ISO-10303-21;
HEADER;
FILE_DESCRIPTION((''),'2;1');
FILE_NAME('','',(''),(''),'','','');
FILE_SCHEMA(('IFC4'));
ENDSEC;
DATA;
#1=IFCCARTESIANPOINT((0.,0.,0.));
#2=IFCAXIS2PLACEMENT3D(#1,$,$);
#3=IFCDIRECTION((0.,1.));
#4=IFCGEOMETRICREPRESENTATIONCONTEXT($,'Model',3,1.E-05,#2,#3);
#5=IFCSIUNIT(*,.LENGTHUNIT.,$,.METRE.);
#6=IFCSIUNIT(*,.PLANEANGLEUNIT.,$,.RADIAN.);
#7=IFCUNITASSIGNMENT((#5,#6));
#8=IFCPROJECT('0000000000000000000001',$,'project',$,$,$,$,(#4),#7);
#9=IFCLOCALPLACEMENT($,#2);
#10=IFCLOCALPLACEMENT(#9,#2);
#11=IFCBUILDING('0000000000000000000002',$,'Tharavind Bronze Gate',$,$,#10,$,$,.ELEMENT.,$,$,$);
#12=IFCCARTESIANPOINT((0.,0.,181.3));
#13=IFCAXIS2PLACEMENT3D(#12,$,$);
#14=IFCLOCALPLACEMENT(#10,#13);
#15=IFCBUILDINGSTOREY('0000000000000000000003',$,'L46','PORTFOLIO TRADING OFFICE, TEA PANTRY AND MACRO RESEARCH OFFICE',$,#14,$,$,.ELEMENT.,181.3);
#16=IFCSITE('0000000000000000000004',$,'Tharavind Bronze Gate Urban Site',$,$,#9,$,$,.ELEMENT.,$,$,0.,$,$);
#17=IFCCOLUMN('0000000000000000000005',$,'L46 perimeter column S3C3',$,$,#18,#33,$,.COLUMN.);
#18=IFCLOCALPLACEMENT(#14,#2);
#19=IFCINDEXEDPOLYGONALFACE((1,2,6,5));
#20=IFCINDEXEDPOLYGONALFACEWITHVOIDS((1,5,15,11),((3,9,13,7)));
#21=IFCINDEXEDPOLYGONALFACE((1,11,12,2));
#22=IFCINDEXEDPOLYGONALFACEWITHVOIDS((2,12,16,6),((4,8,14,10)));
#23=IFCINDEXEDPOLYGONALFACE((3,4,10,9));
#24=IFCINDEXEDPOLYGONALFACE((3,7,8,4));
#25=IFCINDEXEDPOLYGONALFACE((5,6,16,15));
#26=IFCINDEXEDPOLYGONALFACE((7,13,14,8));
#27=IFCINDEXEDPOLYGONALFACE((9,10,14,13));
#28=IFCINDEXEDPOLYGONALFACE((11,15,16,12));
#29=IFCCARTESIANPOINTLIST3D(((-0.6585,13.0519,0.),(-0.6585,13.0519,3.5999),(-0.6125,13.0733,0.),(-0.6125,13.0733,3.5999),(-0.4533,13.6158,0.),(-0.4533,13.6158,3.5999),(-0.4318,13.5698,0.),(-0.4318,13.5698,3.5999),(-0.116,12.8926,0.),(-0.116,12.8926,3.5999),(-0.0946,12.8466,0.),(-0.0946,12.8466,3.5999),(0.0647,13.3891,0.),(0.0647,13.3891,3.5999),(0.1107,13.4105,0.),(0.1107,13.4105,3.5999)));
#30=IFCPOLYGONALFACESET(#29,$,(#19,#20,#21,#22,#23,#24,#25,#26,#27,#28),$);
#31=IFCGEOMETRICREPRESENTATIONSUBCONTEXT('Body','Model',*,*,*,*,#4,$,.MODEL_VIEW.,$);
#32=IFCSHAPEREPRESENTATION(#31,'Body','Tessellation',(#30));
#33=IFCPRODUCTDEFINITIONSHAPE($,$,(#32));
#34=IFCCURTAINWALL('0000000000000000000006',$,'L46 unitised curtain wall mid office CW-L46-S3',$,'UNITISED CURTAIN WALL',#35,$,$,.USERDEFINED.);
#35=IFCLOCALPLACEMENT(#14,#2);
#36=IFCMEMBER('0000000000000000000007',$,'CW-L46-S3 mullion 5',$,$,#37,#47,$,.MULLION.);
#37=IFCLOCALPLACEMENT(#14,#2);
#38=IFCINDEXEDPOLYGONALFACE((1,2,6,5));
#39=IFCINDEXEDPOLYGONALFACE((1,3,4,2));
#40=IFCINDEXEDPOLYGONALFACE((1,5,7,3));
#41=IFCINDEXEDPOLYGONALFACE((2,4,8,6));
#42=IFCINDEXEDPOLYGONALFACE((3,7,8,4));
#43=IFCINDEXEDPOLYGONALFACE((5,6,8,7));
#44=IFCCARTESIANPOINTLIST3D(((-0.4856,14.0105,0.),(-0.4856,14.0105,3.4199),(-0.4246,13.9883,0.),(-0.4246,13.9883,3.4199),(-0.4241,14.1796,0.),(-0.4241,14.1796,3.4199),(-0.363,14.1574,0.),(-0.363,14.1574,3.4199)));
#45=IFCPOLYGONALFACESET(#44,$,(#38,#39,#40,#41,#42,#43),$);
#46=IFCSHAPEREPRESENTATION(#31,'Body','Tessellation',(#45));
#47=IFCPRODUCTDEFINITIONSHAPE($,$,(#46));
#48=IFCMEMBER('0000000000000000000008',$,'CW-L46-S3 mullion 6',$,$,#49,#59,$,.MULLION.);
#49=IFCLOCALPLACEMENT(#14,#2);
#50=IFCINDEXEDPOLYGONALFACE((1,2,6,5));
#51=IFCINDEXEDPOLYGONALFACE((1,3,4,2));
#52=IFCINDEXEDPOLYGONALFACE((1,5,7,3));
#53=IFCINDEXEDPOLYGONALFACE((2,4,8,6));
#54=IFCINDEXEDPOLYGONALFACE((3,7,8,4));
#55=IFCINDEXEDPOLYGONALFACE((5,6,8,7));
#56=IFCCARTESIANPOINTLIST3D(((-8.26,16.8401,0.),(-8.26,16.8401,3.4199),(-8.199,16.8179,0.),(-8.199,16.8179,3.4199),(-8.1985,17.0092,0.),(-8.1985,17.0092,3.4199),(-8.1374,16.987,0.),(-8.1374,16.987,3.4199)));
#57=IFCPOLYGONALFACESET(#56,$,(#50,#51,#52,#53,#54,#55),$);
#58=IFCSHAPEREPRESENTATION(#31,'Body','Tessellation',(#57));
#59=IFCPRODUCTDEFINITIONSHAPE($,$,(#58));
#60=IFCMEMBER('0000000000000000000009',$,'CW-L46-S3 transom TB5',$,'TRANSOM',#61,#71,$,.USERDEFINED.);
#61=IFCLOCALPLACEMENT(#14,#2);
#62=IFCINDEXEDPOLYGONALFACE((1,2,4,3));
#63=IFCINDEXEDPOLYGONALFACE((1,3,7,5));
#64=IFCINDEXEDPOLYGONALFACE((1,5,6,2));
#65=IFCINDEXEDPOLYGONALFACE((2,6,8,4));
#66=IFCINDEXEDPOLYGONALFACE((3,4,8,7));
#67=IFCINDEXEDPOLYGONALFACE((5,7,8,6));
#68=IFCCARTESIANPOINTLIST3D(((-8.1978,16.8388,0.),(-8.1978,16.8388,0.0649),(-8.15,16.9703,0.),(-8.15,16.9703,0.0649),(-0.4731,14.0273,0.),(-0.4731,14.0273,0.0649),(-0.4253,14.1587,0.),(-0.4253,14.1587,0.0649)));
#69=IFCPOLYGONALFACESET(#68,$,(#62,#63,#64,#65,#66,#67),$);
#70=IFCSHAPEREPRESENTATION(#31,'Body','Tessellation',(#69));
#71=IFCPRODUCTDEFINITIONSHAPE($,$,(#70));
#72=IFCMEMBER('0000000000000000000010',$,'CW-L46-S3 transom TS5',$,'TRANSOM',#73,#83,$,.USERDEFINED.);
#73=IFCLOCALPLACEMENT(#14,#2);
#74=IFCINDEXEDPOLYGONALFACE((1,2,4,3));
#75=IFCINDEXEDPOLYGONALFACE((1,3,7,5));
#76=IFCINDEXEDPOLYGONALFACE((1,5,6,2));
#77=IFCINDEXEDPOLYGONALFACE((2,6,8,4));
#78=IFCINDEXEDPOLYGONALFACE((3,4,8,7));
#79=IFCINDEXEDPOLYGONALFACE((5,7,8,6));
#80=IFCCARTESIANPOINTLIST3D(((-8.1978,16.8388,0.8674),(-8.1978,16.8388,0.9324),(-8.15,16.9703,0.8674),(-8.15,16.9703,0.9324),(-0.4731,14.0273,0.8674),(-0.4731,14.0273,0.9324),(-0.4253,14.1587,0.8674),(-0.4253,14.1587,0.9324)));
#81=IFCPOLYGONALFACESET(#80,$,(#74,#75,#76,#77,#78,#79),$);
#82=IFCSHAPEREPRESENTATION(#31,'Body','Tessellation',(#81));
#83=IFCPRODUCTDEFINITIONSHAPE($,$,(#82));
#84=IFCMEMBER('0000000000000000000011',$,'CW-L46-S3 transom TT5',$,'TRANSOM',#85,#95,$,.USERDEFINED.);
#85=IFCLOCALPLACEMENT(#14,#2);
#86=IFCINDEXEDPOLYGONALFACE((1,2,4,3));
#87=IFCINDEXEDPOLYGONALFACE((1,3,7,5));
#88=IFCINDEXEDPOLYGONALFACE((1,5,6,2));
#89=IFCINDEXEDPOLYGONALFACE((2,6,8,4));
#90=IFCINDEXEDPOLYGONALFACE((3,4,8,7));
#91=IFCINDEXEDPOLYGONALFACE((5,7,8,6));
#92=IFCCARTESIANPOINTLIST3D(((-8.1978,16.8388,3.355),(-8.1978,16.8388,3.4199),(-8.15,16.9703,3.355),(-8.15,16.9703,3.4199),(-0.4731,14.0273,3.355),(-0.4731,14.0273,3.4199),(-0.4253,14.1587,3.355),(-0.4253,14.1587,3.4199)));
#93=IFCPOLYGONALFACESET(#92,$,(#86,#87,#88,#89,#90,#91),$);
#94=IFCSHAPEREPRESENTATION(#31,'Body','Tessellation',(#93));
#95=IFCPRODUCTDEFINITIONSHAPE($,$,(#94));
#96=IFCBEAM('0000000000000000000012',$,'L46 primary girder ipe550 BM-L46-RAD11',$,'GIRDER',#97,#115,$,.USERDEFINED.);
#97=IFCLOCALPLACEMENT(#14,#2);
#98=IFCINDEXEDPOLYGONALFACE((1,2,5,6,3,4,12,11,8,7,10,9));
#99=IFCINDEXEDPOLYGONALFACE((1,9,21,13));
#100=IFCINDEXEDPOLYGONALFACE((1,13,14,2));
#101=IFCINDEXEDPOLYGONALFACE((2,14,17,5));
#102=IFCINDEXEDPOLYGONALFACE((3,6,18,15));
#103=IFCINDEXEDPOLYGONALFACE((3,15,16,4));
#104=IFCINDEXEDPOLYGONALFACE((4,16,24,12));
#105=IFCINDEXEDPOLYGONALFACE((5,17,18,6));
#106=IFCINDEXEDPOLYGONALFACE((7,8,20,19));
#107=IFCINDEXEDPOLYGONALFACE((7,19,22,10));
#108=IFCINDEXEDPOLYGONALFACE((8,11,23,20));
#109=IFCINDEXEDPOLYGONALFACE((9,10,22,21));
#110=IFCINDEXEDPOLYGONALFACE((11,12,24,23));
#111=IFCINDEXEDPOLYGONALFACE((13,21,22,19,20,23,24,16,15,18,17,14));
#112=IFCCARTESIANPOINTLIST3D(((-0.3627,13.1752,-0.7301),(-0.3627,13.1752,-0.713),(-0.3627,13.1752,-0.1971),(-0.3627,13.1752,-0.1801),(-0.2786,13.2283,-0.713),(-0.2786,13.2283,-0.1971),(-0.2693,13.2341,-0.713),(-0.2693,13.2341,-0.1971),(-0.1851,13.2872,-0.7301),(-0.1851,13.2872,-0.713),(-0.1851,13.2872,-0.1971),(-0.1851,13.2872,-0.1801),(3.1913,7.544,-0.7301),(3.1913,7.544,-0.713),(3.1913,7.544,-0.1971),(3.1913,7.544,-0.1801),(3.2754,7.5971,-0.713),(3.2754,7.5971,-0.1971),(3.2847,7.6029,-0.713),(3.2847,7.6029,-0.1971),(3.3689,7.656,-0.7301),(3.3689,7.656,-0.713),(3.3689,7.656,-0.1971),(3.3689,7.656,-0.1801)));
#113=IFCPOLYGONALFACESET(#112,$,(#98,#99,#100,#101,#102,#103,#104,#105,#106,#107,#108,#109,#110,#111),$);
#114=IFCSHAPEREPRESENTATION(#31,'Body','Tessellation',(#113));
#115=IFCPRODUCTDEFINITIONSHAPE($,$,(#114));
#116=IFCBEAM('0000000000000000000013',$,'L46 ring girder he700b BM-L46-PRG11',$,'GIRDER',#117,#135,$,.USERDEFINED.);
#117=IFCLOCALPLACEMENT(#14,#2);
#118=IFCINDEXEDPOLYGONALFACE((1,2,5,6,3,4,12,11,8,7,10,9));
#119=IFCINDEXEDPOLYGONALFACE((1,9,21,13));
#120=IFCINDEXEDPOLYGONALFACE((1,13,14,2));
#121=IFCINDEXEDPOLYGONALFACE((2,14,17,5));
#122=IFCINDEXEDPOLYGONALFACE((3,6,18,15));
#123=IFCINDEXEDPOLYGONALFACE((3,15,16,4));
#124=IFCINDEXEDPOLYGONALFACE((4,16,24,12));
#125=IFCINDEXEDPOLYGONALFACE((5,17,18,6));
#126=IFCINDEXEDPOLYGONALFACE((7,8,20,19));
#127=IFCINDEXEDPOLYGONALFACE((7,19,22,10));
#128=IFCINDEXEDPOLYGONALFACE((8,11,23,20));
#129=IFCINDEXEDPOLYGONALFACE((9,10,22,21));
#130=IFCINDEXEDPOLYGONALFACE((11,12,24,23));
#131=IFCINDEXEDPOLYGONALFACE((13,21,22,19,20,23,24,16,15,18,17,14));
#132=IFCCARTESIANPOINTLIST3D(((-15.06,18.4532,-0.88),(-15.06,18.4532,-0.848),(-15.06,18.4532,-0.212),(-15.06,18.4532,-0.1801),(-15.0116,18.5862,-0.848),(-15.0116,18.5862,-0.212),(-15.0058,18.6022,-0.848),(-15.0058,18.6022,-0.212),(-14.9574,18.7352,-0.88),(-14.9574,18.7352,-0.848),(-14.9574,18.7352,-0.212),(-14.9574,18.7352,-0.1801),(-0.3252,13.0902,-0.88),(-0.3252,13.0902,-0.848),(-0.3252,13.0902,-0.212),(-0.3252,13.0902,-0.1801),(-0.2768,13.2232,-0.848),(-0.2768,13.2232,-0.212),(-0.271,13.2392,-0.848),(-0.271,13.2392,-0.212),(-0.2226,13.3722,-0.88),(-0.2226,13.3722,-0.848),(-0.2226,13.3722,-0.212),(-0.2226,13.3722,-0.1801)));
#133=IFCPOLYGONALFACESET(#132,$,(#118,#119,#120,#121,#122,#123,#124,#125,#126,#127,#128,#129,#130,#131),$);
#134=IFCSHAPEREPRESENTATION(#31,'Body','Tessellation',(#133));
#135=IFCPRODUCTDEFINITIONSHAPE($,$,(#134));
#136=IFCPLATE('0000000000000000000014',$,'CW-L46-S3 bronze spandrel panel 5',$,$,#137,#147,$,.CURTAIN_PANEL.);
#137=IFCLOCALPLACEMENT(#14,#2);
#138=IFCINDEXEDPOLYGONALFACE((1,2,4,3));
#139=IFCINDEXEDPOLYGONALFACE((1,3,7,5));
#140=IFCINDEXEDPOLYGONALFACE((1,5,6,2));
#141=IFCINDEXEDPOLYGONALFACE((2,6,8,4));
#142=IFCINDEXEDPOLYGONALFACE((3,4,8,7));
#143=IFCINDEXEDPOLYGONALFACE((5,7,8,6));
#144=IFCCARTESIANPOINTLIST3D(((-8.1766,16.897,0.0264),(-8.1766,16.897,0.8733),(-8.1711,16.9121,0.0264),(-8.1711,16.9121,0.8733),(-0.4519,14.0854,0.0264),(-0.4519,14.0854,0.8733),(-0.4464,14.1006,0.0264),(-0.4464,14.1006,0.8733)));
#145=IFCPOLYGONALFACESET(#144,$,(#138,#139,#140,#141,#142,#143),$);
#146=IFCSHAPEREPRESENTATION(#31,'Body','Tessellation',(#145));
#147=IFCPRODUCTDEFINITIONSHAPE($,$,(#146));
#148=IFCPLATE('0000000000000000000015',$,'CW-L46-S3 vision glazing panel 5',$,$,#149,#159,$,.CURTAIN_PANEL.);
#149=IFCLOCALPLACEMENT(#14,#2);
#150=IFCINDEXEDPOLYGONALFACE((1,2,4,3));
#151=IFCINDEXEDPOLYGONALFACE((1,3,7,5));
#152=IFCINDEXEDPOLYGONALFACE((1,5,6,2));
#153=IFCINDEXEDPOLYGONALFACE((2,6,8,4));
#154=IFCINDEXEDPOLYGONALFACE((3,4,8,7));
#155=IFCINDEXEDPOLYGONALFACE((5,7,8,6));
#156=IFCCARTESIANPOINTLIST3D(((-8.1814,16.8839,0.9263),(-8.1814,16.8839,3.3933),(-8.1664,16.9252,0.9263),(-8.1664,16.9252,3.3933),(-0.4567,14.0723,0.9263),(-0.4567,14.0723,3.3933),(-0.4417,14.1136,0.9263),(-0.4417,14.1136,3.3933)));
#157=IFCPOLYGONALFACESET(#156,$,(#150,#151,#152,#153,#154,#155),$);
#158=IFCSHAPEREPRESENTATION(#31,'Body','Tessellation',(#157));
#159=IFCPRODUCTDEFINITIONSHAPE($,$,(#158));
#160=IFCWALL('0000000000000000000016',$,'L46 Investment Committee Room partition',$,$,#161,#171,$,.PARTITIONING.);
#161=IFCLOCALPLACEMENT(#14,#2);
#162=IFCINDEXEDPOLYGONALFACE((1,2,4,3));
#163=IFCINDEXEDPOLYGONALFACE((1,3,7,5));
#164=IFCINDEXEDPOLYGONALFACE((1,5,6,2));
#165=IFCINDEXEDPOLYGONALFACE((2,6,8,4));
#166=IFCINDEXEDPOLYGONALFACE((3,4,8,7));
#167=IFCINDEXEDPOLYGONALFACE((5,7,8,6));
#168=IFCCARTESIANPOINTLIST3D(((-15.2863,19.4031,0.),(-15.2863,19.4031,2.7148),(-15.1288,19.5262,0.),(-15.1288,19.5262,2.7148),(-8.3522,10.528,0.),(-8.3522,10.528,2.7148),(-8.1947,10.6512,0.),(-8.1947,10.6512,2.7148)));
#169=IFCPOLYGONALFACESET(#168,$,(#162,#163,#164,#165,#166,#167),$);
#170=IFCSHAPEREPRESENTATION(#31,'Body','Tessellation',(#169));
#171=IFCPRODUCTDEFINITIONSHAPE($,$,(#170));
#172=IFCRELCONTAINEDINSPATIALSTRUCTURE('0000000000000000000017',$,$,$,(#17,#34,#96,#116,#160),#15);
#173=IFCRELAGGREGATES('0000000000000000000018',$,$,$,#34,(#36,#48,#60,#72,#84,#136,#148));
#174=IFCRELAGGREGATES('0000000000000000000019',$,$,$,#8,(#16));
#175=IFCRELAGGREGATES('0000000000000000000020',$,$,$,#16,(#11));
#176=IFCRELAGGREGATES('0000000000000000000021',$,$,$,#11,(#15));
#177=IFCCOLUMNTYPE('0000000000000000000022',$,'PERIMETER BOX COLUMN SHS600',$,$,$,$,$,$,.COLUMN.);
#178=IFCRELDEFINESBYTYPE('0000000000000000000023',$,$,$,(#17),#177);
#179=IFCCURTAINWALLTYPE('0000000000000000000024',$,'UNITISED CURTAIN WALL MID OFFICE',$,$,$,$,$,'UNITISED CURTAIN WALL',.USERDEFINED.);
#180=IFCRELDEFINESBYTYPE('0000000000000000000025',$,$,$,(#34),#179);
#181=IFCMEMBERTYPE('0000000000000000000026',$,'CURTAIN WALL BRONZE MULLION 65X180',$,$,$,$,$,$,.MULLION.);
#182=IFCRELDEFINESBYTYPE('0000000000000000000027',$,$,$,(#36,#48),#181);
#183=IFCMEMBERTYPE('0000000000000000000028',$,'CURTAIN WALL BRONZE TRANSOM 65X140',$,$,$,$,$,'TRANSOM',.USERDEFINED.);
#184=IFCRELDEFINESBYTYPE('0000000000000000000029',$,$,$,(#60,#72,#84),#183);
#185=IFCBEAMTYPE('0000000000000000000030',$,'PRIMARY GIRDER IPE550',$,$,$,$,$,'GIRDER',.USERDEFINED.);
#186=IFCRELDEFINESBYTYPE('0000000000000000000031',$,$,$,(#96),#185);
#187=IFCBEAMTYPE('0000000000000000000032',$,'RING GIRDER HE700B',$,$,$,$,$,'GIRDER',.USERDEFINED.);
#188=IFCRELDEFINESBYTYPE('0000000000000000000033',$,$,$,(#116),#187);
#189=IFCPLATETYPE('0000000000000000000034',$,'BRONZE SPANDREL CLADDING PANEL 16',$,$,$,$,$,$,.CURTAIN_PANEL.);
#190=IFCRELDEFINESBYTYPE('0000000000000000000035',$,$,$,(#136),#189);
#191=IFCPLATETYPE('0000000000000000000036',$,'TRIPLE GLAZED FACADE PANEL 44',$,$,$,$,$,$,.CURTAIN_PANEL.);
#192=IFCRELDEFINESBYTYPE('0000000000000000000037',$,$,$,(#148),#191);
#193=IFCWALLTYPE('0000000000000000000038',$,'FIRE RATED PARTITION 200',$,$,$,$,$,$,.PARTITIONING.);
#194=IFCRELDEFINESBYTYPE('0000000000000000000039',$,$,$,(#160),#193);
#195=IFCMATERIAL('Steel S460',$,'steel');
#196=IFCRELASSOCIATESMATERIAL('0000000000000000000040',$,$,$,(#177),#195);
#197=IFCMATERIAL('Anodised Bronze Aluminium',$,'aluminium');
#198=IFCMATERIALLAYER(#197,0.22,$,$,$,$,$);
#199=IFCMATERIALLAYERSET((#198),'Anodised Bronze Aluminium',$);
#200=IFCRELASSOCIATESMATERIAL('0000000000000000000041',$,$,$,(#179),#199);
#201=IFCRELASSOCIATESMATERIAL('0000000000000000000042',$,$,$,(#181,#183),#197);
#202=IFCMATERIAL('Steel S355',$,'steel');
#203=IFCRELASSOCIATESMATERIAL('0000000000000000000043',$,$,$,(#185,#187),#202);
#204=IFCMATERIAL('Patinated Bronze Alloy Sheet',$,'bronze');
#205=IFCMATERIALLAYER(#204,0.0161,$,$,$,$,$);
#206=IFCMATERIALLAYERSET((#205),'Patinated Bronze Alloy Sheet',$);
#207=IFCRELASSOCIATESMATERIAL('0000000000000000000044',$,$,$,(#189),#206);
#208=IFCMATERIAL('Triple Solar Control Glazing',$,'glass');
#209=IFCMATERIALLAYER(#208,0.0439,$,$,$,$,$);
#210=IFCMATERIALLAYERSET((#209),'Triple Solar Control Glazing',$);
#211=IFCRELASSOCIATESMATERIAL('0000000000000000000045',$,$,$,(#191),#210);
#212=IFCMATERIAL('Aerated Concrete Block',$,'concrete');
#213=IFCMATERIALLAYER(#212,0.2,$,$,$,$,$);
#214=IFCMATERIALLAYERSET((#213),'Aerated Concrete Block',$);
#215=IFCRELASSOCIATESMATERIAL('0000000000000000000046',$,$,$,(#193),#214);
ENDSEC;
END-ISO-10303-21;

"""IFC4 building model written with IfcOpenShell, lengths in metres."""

from ifc_helpers import new_model, si_unit, direction, frame, frame_2d, origin, origin_2d, place, context, subcontext, project, spatial, rectangle, hollow_rectangle, i_section, extrude, material, layer, layer_set, material_profile, profile_set, type_object, element, aggregate, save


model = new_model("IFC4")

# Units and contexts
model_context = context("Model", 3, precision=1e-05, world=origin(), true_north=direction((0.0, 1.0)))
body_context = subcontext(model_context, "Body", "Model", "MODEL_VIEW")
ifc_project = project(units=[si_unit("LENGTHUNIT", "METRE"), si_unit("PLANEANGLEUNIT", "RADIAN")], contexts=[model_context])

# Site, building, storey
site_placement = place(None, origin())
site = spatial("IfcSite", under=ifc_project, at=site_placement, Name="Tharavind Bronze Gate Urban Site", CompositionType="ELEMENT", RefElevation=0.0)
building_placement = place(site_placement, origin())
building = spatial("IfcBuilding", under=site, at=building_placement, Name="Tharavind Bronze Gate", CompositionType="ELEMENT")
storey_placement = place(building_placement, frame((0.0, 0.0, 181.3)))
storey = spatial("IfcBuildingStorey", under=building, at=storey_placement, Name="L46", Description="PORTFOLIO TRADING OFFICE, TEA PANTRY AND MACRO RESEARCH OFFICE", CompositionType="ELEMENT", Elevation=181.3)

# Column
ifc_material_1 = material(Name="Steel S460", Category="steel")
ifc_material_profile_1 = material_profile(ifc_material_1, hollow_rectangle(XDim=0.6001, YDim=0.6001, WallThickness=0.0359, at=origin_2d()), Name="SHS600X36")
ifc_profile_set_1 = profile_set([ifc_material_profile_1], Name="Steel S460")
column_type = type_object("IfcColumnType", Name="PERIMETER BOX COLUMN SHS600", PredefinedType="COLUMN", material=ifc_profile_set_1)
column_placement = place(storey_placement, frame((-0.2739, 13.2312, 0.0), z_axis=(0.0, 0.0, 1.0), x_axis=(-0.939692, 0.342022, 0.0)))
element("IfcColumn", 1, at=column_placement, inside=storey, type_object=column_type, Name="L46 perimeter column S3C3", PredefinedType="COLUMN", context=body_context, shape_type="SweptSolid", body=[
    extrude(hollow_rectangle(XDim=0.6001, YDim=0.6001, WallThickness=0.0359, at=origin_2d()), origin(), (0.0, 0.0, 1.0), 3.5999),
])

# Curtain wall, members
ifc_material_2 = material(Name="Anodised Bronze Aluminium", Category="aluminium")
ifc_layer_1 = layer(ifc_material_2, 0.22)
ifc_layer_set_1 = layer_set([ifc_layer_1], Name="Anodised Bronze Aluminium")
curtain_wall_type = type_object("IfcCurtainWallType", Name="UNITISED CURTAIN WALL MID OFFICE", ElementType="UNITISED CURTAIN WALL", PredefinedType="USERDEFINED", material=ifc_layer_set_1)
curtain_wall_placement = place(storey_placement, origin())
curtain_wall = element("IfcCurtainWall", 2, at=curtain_wall_placement, inside=storey, type_object=curtain_wall_type, Name="L46 unitised curtain wall mid office CW-L46-S3", ObjectType="UNITISED CURTAIN WALL", PredefinedType="USERDEFINED")
member_type_1 = type_object("IfcMemberType", Name="CURTAIN WALL BRONZE MULLION 65X180", PredefinedType="MULLION", material=ifc_material_2)
member_1_placement = place(storey_placement, frame((-0.4243, 14.084, 0.0), z_axis=(0.0, 0.0, 1.0), x_axis=(-0.939692, 0.342022, 0.0)))
member_1 = element("IfcMember", 3, at=member_1_placement, type_object=member_type_1, Name="CW-L46-S3 mullion 5", PredefinedType="MULLION", context=body_context, shape_type="SweptSolid", body=[
    extrude(rectangle(XDim=0.0649, YDim=0.1799, at=origin_2d()), origin(), (0.0, 0.0, 1.0), 3.4199),
])
member_2_placement = place(storey_placement, frame((-8.1987, 16.9136, 0.0), z_axis=(0.0, 0.0, 1.0), x_axis=(-0.939692, 0.342022, 0.0)))
member_2 = element("IfcMember", 4, at=member_2_placement, type_object=member_type_1, Name="CW-L46-S3 mullion 6", PredefinedType="MULLION", context=body_context, shape_type="SweptSolid", body=[
    extrude(rectangle(XDim=0.0649, YDim=0.1799, at=origin_2d()), origin(), (0.0, 0.0, 1.0), 3.4199),
])
member_type_2 = type_object("IfcMemberType", Name="CURTAIN WALL BRONZE TRANSOM 65X140", ElementType="TRANSOM", PredefinedType="USERDEFINED", material=ifc_material_2)
member_3_placement = place(storey_placement, frame((-4.3115, 15.4988, 0.0), z_axis=(0.0, 0.0, 1.0), x_axis=(-0.939692, 0.342022, 0.0)))
member_3 = element("IfcMember", 5, at=member_3_placement, type_object=member_type_2, Name="CW-L46-S3 transom TB5", ObjectType="TRANSOM", PredefinedType="USERDEFINED", context=body_context, shape_type="SweptSolid", body=[
    extrude(rectangle(XDim=8.2205, YDim=0.1399, at=origin_2d()), origin(), (0.0, 0.0, 1.0), 0.0649),
])
member_4_placement = place(storey_placement, frame((-4.3115, 15.4988, 0.8674), z_axis=(0.0, 0.0, 1.0), x_axis=(-0.939692, 0.342022, 0.0)))
member_4 = element("IfcMember", 6, at=member_4_placement, type_object=member_type_2, Name="CW-L46-S3 transom TS5", ObjectType="TRANSOM", PredefinedType="USERDEFINED", context=body_context, shape_type="SweptSolid", body=[
    extrude(rectangle(XDim=8.2205, YDim=0.1399, at=origin_2d()), origin(), (0.0, 0.0, 1.0), 0.0649),
])
member_5_placement = place(storey_placement, frame((-4.3115, 15.4988, 3.355), z_axis=(0.0, 0.0, 1.0), x_axis=(-0.939692, 0.342022, 0.0)))
member_5 = element("IfcMember", 7, at=member_5_placement, type_object=member_type_2, Name="CW-L46-S3 transom TT5", ObjectType="TRANSOM", PredefinedType="USERDEFINED", context=body_context, shape_type="SweptSolid", body=[
    extrude(rectangle(XDim=8.2205, YDim=0.1399, at=origin_2d()), origin(), (0.0, 0.0, 1.0), 0.0649),
])

# Beams
ifc_material_3 = material(Name="Steel S355", Category="steel")
ifc_material_profile_2 = material_profile(ifc_material_3, i_section(OverallWidth=0.21, OverallDepth=0.55, WebThickness=0.011, FlangeThickness=0.0171, at=origin_2d()), Name="IPE550")
ifc_profile_set_2 = profile_set([ifc_material_profile_2], Name="Steel S355")
beam_type_1 = type_object("IfcBeamType", Name="PRIMARY GIRDER IPE550", ElementType="GIRDER", PredefinedType="USERDEFINED", material=ifc_profile_set_2)
beam_1_placement = place(storey_placement, frame((-0.2739, 13.2312, -0.4551), z_axis=(0.533721, -0.84566, 0.0), x_axis=(0.84566, 0.533721, 0.0)))
element("IfcBeam", 8, at=beam_1_placement, inside=storey, type_object=beam_type_1, Name="L46 primary girder ipe550 BM-L46-RAD11", ObjectType="GIRDER", PredefinedType="USERDEFINED", context=body_context, shape_type="SweptSolid", body=[
    extrude(i_section(OverallWidth=0.21, OverallDepth=0.55, WebThickness=0.011, FlangeThickness=0.0171, at=origin_2d()), origin(), (0.0, 0.0, 1.0), 6.6589),
])
ifc_material_profile_3 = material_profile(ifc_material_3, i_section(OverallWidth=0.3, OverallDepth=0.7, WebThickness=0.0171, FlangeThickness=0.032, at=origin_2d()), Name="HE700B")
ifc_profile_set_3 = profile_set([ifc_material_profile_3], Name="Steel S355")
beam_type_2 = type_object("IfcBeamType", Name="RING GIRDER HE700B", ElementType="GIRDER", PredefinedType="USERDEFINED", material=ifc_profile_set_3)
beam_2_placement = place(storey_placement, frame((-0.2739, 13.2312, -0.53), z_axis=(-0.939693, 0.342019, 0.0), x_axis=(-0.342019, -0.939693, 0.0)))
element("IfcBeam", 9, at=beam_2_placement, inside=storey, type_object=beam_type_2, Name="L46 ring girder he700b BM-L46-PRG11", ObjectType="GIRDER", PredefinedType="USERDEFINED", context=body_context, shape_type="SweptSolid", body=[
    extrude(i_section(OverallWidth=0.3, OverallDepth=0.7, WebThickness=0.0171, FlangeThickness=0.032, at=origin_2d()), origin(), (0.0, 0.0, 1.0), 15.6804),
])

# Plates
ifc_material_4 = material(Name="Patinated Bronze Alloy Sheet", Category="bronze")
ifc_layer_2 = layer(ifc_material_4, 0.0161)
ifc_layer_set_2 = layer_set([ifc_layer_2], Name="Patinated Bronze Alloy Sheet")
plate_type_1 = type_object("IfcPlateType", Name="BRONZE SPANDREL CLADDING PANEL 16", PredefinedType="CURTAIN_PANEL", material=ifc_layer_set_2)
plate_1_placement = place(storey_placement, frame((-4.3115, 15.4988, 0.0264), z_axis=(0.0, 0.0, 1.0), x_axis=(-0.939692, 0.342022, 0.0)))
plate_1 = element("IfcPlate", 10, at=plate_1_placement, type_object=plate_type_1, Name="CW-L46-S3 bronze spandrel panel 5", PredefinedType="CURTAIN_PANEL", context=body_context, shape_type="SweptSolid", body=[
    extrude(rectangle(XDim=8.2205, YDim=0.0161, at=origin_2d()), origin(), (0.0, 0.0, 1.0), 0.8469),
])
ifc_material_5 = material(Name="Triple Solar Control Glazing", Category="glass")
ifc_layer_3 = layer(ifc_material_5, 0.0439)
ifc_layer_set_3 = layer_set([ifc_layer_3], Name="Triple Solar Control Glazing")
plate_type_2 = type_object("IfcPlateType", Name="TRIPLE GLAZED FACADE PANEL 44", PredefinedType="CURTAIN_PANEL", material=ifc_layer_set_3)
plate_2_placement = place(storey_placement, frame((-4.3115, 15.4988, 0.9263), z_axis=(0.0, 0.0, 1.0), x_axis=(-0.939692, 0.342022, 0.0)))
plate_2 = element("IfcPlate", 11, at=plate_2_placement, type_object=plate_type_2, Name="CW-L46-S3 vision glazing panel 5", PredefinedType="CURTAIN_PANEL", context=body_context, shape_type="SweptSolid", body=[
    extrude(rectangle(XDim=8.2205, YDim=0.0439, at=origin_2d()), origin(), (0.0, 0.0, 1.0), 2.467),
])
aggregate(curtain_wall, [member_1, member_2, member_3, member_4, member_5, plate_1, plate_2])

# Wall
ifc_material_6 = material(Name="Aerated Concrete Block", Category="concrete")
ifc_layer_4 = layer(ifc_material_6, 0.2)
ifc_layer_set_4 = layer_set([ifc_layer_4], Name="Aerated Concrete Block")
wall_type_1 = type_object("IfcWallType", Name="FIRE RATED PARTITION 200", PredefinedType="PARTITIONING", material=ifc_layer_set_4)
wall_1_placement = place(storey_placement, frame((-8.2734, 10.5896, 0.0), z_axis=(0.0, 0.0, 1.0), x_axis=(-0.615671, 0.788003, 0.0)))
element("IfcWall", 12, at=wall_1_placement, inside=storey, type_object=wall_type_1, Name="L46 Investment Committee Room partition", PredefinedType="PARTITIONING", context=body_context, shape_type="SweptSolid", body=[
    extrude(rectangle(XDim=11.2627, YDim=0.2, at=frame_2d((5.6313, 0.0))), origin(), (0.0, 0.0, 1.0), 2.7148),
])

save(model, "model.ifc")
